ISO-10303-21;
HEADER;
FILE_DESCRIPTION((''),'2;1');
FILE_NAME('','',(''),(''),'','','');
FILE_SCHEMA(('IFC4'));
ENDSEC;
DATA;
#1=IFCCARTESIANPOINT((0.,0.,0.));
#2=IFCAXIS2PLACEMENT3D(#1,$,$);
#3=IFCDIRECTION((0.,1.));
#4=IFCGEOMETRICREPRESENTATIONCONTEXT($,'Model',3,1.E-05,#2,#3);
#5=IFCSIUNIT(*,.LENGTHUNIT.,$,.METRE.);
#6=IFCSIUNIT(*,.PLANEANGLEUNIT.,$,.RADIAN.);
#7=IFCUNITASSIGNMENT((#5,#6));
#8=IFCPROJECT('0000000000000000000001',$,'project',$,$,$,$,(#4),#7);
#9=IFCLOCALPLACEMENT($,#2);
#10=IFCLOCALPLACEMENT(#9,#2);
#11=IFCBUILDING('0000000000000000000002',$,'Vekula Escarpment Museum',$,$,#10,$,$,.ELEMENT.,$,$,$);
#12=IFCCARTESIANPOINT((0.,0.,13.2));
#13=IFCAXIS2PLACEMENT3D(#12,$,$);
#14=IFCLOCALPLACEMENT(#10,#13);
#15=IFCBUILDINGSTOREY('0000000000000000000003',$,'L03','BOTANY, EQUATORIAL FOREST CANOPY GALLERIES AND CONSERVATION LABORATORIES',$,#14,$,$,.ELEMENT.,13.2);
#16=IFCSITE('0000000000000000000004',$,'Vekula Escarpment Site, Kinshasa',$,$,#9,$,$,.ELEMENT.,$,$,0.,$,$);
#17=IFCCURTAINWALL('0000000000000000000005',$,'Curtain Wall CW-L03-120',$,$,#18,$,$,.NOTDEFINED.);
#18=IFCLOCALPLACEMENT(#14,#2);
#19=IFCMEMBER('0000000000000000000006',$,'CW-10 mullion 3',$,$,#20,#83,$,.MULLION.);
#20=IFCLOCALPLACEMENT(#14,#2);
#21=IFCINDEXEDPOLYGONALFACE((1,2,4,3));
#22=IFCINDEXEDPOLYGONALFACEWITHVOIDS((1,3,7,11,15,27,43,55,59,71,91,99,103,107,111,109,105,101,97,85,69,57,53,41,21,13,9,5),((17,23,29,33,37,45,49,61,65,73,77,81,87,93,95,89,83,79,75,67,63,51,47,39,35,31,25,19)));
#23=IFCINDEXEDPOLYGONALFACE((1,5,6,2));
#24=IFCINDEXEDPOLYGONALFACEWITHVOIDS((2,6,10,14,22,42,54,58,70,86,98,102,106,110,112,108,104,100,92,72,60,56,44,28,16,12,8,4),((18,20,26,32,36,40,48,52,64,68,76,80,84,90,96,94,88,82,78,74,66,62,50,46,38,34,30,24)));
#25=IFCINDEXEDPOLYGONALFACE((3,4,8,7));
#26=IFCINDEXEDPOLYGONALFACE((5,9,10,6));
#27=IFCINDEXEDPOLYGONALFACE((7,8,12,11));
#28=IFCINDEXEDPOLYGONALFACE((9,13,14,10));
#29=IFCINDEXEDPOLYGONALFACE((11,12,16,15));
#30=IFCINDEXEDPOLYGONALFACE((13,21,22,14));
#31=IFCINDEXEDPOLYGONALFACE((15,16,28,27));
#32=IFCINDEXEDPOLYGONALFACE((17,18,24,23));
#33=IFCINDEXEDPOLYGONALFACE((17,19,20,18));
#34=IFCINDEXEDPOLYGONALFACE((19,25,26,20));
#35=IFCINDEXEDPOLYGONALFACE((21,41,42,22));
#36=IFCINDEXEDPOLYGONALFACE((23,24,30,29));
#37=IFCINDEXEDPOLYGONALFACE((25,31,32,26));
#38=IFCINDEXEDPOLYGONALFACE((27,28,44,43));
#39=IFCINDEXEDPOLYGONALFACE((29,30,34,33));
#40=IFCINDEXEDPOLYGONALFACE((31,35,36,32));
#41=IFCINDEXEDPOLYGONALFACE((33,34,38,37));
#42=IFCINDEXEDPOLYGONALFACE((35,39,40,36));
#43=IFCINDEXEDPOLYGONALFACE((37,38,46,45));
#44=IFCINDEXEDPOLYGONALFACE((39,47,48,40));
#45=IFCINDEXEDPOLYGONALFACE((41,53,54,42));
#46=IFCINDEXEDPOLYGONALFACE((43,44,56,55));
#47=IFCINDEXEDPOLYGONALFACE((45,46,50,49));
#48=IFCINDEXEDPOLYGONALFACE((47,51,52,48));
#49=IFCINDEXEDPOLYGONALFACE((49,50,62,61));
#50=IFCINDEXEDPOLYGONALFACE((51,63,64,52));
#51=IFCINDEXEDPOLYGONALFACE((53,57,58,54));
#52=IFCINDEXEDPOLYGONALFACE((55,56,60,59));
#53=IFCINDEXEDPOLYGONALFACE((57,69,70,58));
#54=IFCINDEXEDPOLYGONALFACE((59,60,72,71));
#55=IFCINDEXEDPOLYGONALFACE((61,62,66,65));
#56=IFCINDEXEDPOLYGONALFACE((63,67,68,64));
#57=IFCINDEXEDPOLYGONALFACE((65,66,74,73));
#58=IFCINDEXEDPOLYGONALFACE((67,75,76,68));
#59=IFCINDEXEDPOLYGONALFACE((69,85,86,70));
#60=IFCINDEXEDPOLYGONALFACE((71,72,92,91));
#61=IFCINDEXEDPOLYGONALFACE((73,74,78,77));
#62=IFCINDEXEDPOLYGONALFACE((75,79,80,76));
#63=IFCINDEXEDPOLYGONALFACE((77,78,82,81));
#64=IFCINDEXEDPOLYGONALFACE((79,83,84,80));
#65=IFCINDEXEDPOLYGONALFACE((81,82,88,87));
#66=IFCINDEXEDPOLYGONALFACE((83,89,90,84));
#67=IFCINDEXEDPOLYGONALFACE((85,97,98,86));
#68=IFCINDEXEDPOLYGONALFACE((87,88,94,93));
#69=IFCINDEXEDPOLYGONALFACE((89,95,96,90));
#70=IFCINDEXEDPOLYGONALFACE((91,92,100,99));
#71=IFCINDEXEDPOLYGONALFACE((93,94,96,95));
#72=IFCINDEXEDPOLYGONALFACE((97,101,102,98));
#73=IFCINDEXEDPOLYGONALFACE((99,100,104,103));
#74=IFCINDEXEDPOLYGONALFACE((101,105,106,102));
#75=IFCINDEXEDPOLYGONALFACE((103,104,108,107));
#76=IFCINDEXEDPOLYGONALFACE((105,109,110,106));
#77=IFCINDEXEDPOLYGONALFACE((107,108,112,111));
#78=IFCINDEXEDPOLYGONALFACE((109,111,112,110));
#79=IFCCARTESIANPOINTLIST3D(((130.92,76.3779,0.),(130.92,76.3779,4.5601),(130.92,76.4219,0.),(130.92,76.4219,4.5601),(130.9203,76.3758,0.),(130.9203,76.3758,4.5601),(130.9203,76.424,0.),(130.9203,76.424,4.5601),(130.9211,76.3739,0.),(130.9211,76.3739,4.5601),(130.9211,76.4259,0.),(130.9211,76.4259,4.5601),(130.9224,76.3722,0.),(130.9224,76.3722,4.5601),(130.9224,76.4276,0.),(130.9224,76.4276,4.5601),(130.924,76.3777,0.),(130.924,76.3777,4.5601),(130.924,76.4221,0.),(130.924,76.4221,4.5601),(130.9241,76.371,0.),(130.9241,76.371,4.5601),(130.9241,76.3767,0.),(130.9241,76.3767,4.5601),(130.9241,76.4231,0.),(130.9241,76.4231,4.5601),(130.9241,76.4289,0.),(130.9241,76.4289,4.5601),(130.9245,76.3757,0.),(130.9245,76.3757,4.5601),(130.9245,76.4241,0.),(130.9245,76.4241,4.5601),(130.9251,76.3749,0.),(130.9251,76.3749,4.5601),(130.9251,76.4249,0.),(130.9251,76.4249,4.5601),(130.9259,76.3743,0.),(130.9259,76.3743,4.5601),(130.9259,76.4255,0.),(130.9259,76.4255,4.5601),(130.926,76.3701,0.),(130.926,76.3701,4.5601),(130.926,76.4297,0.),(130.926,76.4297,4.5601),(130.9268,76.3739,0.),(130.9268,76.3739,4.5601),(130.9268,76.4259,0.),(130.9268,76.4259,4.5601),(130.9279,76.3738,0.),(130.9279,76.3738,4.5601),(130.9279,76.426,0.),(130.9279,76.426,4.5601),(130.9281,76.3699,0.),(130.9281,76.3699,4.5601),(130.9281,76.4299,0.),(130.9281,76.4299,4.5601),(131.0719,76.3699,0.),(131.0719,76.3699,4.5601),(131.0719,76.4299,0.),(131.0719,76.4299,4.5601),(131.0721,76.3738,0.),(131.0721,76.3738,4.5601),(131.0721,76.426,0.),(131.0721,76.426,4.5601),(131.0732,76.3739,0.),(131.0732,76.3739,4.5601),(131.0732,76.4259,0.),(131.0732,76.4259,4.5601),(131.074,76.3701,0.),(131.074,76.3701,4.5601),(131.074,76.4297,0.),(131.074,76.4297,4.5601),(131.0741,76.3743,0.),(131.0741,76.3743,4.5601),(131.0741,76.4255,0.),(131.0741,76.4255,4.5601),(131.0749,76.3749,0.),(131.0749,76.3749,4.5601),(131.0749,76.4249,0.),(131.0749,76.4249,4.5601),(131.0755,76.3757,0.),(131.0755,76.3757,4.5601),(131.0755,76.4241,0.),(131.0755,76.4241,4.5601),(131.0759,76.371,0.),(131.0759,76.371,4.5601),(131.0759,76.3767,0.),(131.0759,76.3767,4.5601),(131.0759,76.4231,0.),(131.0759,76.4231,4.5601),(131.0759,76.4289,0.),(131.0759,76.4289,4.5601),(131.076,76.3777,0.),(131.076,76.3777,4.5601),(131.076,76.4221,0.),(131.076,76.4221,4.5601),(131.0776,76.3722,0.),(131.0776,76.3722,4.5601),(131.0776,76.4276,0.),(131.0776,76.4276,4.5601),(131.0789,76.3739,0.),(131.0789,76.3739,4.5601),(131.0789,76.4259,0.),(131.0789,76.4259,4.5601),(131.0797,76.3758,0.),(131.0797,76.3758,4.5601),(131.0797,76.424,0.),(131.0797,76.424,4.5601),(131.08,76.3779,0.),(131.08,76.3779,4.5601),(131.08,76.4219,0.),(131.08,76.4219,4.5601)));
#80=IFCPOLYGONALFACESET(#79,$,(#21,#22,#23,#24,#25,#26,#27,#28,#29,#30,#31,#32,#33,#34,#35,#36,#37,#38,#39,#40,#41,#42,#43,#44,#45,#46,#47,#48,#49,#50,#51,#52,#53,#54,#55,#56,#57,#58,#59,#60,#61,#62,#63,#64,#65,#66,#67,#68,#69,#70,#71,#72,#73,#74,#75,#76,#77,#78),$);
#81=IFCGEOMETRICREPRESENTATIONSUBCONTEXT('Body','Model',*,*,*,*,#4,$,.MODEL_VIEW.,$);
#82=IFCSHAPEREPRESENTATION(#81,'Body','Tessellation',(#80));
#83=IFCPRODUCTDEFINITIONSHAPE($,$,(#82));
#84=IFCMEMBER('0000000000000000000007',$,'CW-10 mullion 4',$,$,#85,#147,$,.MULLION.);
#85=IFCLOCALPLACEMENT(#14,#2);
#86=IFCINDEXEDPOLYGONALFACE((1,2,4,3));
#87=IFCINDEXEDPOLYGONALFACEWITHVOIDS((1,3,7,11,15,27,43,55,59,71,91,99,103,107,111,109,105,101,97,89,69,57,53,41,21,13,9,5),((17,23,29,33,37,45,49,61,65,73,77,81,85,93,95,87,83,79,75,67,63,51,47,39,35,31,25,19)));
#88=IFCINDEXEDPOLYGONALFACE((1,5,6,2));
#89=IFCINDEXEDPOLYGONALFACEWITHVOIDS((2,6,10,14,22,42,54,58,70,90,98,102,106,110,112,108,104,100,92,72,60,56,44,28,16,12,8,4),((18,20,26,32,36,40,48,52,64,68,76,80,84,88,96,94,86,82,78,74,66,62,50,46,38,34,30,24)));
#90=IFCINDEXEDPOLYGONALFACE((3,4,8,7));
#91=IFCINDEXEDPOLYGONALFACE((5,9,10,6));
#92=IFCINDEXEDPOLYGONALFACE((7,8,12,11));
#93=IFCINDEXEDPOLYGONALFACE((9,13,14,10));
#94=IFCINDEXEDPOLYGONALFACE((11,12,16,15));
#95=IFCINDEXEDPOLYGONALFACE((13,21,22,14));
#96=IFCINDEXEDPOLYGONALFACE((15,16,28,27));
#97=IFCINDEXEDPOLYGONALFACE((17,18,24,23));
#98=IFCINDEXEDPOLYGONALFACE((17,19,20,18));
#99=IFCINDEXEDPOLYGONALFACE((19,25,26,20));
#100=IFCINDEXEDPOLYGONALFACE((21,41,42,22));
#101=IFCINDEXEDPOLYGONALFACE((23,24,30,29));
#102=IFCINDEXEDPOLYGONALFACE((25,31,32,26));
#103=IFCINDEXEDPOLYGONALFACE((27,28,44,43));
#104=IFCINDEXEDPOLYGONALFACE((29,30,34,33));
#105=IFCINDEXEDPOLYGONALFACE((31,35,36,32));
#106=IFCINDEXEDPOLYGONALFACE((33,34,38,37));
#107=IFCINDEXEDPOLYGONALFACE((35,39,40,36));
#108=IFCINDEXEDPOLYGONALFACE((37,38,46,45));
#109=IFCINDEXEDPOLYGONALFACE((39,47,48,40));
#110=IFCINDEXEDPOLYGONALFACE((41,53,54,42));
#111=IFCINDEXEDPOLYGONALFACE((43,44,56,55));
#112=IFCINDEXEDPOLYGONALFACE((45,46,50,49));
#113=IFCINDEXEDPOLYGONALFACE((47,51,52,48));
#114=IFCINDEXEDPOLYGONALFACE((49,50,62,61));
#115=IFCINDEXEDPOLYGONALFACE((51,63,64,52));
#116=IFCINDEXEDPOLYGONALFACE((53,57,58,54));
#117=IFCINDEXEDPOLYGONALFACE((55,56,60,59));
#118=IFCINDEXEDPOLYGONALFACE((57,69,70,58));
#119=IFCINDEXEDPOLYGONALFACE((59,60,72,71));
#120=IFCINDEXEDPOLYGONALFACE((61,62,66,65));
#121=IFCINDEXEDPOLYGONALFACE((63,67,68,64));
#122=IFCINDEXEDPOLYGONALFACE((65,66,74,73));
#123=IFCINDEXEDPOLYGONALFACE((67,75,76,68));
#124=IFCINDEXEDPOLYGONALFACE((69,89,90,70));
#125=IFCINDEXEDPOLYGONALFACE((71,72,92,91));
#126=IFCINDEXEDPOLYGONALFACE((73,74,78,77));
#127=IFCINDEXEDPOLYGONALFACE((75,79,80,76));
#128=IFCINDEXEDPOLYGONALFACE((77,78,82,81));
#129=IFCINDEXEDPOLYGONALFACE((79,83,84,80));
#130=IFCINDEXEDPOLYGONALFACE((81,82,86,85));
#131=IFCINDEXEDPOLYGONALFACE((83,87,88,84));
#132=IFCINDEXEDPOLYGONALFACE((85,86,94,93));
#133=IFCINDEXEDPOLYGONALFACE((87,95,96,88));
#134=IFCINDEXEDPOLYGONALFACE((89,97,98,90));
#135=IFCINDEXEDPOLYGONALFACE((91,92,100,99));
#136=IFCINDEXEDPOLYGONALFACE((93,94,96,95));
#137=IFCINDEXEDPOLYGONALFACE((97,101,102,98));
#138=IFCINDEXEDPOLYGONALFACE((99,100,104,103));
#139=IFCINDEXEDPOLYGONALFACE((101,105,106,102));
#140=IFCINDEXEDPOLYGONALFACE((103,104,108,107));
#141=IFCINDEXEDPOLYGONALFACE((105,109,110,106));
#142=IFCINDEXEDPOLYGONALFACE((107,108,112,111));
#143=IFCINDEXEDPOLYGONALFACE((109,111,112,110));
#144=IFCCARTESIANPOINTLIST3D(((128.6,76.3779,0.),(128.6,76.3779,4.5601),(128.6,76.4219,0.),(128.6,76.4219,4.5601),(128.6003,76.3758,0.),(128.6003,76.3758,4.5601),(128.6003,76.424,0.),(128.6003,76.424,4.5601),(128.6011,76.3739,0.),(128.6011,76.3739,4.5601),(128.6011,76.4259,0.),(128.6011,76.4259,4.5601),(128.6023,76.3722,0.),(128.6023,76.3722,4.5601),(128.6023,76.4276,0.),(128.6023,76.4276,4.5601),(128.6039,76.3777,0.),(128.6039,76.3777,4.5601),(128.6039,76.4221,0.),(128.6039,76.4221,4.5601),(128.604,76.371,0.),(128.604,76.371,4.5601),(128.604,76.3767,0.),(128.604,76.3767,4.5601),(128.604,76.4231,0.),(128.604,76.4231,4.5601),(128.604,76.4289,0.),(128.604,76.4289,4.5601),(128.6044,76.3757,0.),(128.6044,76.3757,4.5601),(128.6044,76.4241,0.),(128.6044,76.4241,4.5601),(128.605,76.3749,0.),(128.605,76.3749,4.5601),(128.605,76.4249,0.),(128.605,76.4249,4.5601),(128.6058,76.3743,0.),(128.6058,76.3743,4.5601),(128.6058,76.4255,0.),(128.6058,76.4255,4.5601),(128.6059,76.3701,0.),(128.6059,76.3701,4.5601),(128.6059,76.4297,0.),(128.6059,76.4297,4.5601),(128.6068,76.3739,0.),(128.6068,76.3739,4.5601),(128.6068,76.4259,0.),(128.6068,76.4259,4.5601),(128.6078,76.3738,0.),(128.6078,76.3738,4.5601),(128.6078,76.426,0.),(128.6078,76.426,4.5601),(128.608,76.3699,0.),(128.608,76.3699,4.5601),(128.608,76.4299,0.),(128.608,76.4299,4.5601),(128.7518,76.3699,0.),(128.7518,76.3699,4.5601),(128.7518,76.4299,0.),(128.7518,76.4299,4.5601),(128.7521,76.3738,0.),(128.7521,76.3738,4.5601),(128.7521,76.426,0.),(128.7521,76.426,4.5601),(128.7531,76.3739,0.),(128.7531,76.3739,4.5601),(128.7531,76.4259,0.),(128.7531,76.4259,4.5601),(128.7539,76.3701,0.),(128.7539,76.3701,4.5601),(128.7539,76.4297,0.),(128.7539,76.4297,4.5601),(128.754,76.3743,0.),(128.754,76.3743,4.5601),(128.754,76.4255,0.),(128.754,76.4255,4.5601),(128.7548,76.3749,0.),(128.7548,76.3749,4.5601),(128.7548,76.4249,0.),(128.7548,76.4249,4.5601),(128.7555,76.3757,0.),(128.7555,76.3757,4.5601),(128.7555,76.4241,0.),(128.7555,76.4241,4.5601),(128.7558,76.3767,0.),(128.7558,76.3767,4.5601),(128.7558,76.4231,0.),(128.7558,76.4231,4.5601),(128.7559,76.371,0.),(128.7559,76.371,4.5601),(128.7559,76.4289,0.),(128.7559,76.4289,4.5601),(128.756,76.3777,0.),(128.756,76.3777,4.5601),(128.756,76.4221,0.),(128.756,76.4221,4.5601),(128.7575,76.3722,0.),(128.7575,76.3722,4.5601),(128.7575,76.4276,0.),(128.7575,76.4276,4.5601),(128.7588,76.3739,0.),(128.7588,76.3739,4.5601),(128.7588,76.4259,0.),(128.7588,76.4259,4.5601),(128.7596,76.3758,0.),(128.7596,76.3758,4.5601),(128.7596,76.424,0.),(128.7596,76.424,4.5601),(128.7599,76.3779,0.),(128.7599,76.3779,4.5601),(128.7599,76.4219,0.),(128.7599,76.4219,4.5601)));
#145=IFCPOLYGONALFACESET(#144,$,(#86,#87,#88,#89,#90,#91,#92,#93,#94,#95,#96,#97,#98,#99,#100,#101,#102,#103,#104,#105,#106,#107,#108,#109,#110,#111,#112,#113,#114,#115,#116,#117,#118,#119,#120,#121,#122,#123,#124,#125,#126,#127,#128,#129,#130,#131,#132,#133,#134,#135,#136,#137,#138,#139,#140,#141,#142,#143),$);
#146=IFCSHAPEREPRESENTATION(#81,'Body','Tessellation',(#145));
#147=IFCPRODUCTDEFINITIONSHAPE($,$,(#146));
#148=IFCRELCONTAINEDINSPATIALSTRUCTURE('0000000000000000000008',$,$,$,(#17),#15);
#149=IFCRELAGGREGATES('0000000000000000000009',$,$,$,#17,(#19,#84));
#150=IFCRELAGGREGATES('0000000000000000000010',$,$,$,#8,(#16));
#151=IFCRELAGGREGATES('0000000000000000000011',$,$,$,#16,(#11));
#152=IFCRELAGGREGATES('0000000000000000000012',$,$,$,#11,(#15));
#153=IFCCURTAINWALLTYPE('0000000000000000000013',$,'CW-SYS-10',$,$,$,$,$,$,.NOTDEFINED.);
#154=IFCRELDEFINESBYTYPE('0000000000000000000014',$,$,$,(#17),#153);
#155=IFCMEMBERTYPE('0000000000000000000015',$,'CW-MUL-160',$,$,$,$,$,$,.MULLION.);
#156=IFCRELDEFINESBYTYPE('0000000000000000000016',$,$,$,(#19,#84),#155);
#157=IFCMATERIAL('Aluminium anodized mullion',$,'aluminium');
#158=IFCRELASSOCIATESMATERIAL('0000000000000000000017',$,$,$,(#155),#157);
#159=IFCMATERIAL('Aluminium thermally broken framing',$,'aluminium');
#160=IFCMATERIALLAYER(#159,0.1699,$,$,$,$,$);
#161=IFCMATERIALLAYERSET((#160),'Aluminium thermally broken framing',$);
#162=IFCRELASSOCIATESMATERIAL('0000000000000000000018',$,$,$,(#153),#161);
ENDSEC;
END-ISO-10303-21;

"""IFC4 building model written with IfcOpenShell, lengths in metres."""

from ifc_helpers import new_model, si_unit, direction, frame, origin, origin_2d, place, context, subcontext, project, spatial, hollow_rectangle, extrude, material, layer, layer_set, material_profile, profile_set, type_object, element, aggregate, save


model = new_model("IFC4")

# Units and contexts
model_context = context("Model", 3, precision=1e-05, world=origin(), true_north=direction((0.0, 1.0)))
body_context = subcontext(model_context, "Body", "Model", "MODEL_VIEW")
ifc_project = project(units=[si_unit("LENGTHUNIT", "METRE"), si_unit("PLANEANGLEUNIT", "RADIAN")], contexts=[model_context])

# Site, building, storey
site_placement = place(None, origin())
site = spatial("IfcSite", under=ifc_project, at=site_placement, Name="Vekula Escarpment Site, Kinshasa", CompositionType="ELEMENT", RefElevation=0.0)
building_placement = place(site_placement, origin())
building = spatial("IfcBuilding", under=site, at=building_placement, Name="Vekula Escarpment Museum", CompositionType="ELEMENT")
storey_placement = place(building_placement, frame((0.0, 0.0, 13.2)))
storey = spatial("IfcBuildingStorey", under=building, at=storey_placement, Name="L03", Description="BOTANY, EQUATORIAL FOREST CANOPY GALLERIES AND CONSERVATION LABORATORIES", CompositionType="ELEMENT", Elevation=13.2)

# Shared definitions
ifc_material_1 = material(Name="Aluminium anodized mullion", Category="aluminium")
ifc_material_profile_1 = material_profile(ifc_material_1, hollow_rectangle(XDim=0.0601, YDim=0.1599, WallThickness=0.0039, InnerFilletRadius=0.0039, OuterFilletRadius=0.0081, at=origin_2d()), Name="ALU 160x60x4")
ifc_profile_set_1 = profile_set([ifc_material_profile_1], Name="Aluminium anodized mullion")
member_type_1 = type_object("IfcMemberType", Name="CW-MUL-160", PredefinedType="MULLION", material=ifc_profile_set_1)

# Curtain wall, members
ifc_material_2 = material(Name="Aluminium thermally broken framing", Category="aluminium")
ifc_layer_1 = layer(ifc_material_2, 0.1699)
ifc_layer_set_1 = layer_set([ifc_layer_1], Name="Aluminium thermally broken framing")
curtain_wall_type_1 = type_object("IfcCurtainWallType", Name="CW-SYS-10", PredefinedType="NOTDEFINED", material=ifc_layer_set_1)
curtain_wall_1_placement = place(storey_placement, origin())
curtain_wall_1 = element("IfcCurtainWall", 1, at=curtain_wall_1_placement, inside=storey, type_object=curtain_wall_type_1, Name="Curtain Wall CW-L03-120", PredefinedType="NOTDEFINED")
member_1_placement = place(storey_placement, frame((131.0, 76.3999, 0.0), z_axis=(0.0, 0.0, 1.0), x_axis=(0.0, -1.0, 0.0)))
member_1 = element("IfcMember", 2, at=member_1_placement, type_object=member_type_1, Name="CW-10 mullion 3", PredefinedType="MULLION", context=body_context, shape_type="SweptSolid", body=[
    extrude(hollow_rectangle(XDim=0.0601, YDim=0.1599, WallThickness=0.0039, InnerFilletRadius=0.0039, OuterFilletRadius=0.0081, at=origin_2d()), origin(), (0.0, 0.0, 1.0), 4.5601),
])
member_2_placement = place(storey_placement, frame((128.6799, 76.3999, 0.0), z_axis=(0.0, 0.0, 1.0), x_axis=(0.0, -1.0, 0.0)))
member_2 = element("IfcMember", 3, at=member_2_placement, type_object=member_type_1, Name="CW-10 mullion 4", PredefinedType="MULLION", context=body_context, shape_type="SweptSolid", body=[
    extrude(hollow_rectangle(XDim=0.0601, YDim=0.1599, WallThickness=0.0039, InnerFilletRadius=0.0039, OuterFilletRadius=0.0081, at=origin_2d()), origin(), (0.0, 0.0, 1.0), 4.5601),
])

aggregate(curtain_wall_1, [member_1, member_2])

save(model, "model.ifc")
